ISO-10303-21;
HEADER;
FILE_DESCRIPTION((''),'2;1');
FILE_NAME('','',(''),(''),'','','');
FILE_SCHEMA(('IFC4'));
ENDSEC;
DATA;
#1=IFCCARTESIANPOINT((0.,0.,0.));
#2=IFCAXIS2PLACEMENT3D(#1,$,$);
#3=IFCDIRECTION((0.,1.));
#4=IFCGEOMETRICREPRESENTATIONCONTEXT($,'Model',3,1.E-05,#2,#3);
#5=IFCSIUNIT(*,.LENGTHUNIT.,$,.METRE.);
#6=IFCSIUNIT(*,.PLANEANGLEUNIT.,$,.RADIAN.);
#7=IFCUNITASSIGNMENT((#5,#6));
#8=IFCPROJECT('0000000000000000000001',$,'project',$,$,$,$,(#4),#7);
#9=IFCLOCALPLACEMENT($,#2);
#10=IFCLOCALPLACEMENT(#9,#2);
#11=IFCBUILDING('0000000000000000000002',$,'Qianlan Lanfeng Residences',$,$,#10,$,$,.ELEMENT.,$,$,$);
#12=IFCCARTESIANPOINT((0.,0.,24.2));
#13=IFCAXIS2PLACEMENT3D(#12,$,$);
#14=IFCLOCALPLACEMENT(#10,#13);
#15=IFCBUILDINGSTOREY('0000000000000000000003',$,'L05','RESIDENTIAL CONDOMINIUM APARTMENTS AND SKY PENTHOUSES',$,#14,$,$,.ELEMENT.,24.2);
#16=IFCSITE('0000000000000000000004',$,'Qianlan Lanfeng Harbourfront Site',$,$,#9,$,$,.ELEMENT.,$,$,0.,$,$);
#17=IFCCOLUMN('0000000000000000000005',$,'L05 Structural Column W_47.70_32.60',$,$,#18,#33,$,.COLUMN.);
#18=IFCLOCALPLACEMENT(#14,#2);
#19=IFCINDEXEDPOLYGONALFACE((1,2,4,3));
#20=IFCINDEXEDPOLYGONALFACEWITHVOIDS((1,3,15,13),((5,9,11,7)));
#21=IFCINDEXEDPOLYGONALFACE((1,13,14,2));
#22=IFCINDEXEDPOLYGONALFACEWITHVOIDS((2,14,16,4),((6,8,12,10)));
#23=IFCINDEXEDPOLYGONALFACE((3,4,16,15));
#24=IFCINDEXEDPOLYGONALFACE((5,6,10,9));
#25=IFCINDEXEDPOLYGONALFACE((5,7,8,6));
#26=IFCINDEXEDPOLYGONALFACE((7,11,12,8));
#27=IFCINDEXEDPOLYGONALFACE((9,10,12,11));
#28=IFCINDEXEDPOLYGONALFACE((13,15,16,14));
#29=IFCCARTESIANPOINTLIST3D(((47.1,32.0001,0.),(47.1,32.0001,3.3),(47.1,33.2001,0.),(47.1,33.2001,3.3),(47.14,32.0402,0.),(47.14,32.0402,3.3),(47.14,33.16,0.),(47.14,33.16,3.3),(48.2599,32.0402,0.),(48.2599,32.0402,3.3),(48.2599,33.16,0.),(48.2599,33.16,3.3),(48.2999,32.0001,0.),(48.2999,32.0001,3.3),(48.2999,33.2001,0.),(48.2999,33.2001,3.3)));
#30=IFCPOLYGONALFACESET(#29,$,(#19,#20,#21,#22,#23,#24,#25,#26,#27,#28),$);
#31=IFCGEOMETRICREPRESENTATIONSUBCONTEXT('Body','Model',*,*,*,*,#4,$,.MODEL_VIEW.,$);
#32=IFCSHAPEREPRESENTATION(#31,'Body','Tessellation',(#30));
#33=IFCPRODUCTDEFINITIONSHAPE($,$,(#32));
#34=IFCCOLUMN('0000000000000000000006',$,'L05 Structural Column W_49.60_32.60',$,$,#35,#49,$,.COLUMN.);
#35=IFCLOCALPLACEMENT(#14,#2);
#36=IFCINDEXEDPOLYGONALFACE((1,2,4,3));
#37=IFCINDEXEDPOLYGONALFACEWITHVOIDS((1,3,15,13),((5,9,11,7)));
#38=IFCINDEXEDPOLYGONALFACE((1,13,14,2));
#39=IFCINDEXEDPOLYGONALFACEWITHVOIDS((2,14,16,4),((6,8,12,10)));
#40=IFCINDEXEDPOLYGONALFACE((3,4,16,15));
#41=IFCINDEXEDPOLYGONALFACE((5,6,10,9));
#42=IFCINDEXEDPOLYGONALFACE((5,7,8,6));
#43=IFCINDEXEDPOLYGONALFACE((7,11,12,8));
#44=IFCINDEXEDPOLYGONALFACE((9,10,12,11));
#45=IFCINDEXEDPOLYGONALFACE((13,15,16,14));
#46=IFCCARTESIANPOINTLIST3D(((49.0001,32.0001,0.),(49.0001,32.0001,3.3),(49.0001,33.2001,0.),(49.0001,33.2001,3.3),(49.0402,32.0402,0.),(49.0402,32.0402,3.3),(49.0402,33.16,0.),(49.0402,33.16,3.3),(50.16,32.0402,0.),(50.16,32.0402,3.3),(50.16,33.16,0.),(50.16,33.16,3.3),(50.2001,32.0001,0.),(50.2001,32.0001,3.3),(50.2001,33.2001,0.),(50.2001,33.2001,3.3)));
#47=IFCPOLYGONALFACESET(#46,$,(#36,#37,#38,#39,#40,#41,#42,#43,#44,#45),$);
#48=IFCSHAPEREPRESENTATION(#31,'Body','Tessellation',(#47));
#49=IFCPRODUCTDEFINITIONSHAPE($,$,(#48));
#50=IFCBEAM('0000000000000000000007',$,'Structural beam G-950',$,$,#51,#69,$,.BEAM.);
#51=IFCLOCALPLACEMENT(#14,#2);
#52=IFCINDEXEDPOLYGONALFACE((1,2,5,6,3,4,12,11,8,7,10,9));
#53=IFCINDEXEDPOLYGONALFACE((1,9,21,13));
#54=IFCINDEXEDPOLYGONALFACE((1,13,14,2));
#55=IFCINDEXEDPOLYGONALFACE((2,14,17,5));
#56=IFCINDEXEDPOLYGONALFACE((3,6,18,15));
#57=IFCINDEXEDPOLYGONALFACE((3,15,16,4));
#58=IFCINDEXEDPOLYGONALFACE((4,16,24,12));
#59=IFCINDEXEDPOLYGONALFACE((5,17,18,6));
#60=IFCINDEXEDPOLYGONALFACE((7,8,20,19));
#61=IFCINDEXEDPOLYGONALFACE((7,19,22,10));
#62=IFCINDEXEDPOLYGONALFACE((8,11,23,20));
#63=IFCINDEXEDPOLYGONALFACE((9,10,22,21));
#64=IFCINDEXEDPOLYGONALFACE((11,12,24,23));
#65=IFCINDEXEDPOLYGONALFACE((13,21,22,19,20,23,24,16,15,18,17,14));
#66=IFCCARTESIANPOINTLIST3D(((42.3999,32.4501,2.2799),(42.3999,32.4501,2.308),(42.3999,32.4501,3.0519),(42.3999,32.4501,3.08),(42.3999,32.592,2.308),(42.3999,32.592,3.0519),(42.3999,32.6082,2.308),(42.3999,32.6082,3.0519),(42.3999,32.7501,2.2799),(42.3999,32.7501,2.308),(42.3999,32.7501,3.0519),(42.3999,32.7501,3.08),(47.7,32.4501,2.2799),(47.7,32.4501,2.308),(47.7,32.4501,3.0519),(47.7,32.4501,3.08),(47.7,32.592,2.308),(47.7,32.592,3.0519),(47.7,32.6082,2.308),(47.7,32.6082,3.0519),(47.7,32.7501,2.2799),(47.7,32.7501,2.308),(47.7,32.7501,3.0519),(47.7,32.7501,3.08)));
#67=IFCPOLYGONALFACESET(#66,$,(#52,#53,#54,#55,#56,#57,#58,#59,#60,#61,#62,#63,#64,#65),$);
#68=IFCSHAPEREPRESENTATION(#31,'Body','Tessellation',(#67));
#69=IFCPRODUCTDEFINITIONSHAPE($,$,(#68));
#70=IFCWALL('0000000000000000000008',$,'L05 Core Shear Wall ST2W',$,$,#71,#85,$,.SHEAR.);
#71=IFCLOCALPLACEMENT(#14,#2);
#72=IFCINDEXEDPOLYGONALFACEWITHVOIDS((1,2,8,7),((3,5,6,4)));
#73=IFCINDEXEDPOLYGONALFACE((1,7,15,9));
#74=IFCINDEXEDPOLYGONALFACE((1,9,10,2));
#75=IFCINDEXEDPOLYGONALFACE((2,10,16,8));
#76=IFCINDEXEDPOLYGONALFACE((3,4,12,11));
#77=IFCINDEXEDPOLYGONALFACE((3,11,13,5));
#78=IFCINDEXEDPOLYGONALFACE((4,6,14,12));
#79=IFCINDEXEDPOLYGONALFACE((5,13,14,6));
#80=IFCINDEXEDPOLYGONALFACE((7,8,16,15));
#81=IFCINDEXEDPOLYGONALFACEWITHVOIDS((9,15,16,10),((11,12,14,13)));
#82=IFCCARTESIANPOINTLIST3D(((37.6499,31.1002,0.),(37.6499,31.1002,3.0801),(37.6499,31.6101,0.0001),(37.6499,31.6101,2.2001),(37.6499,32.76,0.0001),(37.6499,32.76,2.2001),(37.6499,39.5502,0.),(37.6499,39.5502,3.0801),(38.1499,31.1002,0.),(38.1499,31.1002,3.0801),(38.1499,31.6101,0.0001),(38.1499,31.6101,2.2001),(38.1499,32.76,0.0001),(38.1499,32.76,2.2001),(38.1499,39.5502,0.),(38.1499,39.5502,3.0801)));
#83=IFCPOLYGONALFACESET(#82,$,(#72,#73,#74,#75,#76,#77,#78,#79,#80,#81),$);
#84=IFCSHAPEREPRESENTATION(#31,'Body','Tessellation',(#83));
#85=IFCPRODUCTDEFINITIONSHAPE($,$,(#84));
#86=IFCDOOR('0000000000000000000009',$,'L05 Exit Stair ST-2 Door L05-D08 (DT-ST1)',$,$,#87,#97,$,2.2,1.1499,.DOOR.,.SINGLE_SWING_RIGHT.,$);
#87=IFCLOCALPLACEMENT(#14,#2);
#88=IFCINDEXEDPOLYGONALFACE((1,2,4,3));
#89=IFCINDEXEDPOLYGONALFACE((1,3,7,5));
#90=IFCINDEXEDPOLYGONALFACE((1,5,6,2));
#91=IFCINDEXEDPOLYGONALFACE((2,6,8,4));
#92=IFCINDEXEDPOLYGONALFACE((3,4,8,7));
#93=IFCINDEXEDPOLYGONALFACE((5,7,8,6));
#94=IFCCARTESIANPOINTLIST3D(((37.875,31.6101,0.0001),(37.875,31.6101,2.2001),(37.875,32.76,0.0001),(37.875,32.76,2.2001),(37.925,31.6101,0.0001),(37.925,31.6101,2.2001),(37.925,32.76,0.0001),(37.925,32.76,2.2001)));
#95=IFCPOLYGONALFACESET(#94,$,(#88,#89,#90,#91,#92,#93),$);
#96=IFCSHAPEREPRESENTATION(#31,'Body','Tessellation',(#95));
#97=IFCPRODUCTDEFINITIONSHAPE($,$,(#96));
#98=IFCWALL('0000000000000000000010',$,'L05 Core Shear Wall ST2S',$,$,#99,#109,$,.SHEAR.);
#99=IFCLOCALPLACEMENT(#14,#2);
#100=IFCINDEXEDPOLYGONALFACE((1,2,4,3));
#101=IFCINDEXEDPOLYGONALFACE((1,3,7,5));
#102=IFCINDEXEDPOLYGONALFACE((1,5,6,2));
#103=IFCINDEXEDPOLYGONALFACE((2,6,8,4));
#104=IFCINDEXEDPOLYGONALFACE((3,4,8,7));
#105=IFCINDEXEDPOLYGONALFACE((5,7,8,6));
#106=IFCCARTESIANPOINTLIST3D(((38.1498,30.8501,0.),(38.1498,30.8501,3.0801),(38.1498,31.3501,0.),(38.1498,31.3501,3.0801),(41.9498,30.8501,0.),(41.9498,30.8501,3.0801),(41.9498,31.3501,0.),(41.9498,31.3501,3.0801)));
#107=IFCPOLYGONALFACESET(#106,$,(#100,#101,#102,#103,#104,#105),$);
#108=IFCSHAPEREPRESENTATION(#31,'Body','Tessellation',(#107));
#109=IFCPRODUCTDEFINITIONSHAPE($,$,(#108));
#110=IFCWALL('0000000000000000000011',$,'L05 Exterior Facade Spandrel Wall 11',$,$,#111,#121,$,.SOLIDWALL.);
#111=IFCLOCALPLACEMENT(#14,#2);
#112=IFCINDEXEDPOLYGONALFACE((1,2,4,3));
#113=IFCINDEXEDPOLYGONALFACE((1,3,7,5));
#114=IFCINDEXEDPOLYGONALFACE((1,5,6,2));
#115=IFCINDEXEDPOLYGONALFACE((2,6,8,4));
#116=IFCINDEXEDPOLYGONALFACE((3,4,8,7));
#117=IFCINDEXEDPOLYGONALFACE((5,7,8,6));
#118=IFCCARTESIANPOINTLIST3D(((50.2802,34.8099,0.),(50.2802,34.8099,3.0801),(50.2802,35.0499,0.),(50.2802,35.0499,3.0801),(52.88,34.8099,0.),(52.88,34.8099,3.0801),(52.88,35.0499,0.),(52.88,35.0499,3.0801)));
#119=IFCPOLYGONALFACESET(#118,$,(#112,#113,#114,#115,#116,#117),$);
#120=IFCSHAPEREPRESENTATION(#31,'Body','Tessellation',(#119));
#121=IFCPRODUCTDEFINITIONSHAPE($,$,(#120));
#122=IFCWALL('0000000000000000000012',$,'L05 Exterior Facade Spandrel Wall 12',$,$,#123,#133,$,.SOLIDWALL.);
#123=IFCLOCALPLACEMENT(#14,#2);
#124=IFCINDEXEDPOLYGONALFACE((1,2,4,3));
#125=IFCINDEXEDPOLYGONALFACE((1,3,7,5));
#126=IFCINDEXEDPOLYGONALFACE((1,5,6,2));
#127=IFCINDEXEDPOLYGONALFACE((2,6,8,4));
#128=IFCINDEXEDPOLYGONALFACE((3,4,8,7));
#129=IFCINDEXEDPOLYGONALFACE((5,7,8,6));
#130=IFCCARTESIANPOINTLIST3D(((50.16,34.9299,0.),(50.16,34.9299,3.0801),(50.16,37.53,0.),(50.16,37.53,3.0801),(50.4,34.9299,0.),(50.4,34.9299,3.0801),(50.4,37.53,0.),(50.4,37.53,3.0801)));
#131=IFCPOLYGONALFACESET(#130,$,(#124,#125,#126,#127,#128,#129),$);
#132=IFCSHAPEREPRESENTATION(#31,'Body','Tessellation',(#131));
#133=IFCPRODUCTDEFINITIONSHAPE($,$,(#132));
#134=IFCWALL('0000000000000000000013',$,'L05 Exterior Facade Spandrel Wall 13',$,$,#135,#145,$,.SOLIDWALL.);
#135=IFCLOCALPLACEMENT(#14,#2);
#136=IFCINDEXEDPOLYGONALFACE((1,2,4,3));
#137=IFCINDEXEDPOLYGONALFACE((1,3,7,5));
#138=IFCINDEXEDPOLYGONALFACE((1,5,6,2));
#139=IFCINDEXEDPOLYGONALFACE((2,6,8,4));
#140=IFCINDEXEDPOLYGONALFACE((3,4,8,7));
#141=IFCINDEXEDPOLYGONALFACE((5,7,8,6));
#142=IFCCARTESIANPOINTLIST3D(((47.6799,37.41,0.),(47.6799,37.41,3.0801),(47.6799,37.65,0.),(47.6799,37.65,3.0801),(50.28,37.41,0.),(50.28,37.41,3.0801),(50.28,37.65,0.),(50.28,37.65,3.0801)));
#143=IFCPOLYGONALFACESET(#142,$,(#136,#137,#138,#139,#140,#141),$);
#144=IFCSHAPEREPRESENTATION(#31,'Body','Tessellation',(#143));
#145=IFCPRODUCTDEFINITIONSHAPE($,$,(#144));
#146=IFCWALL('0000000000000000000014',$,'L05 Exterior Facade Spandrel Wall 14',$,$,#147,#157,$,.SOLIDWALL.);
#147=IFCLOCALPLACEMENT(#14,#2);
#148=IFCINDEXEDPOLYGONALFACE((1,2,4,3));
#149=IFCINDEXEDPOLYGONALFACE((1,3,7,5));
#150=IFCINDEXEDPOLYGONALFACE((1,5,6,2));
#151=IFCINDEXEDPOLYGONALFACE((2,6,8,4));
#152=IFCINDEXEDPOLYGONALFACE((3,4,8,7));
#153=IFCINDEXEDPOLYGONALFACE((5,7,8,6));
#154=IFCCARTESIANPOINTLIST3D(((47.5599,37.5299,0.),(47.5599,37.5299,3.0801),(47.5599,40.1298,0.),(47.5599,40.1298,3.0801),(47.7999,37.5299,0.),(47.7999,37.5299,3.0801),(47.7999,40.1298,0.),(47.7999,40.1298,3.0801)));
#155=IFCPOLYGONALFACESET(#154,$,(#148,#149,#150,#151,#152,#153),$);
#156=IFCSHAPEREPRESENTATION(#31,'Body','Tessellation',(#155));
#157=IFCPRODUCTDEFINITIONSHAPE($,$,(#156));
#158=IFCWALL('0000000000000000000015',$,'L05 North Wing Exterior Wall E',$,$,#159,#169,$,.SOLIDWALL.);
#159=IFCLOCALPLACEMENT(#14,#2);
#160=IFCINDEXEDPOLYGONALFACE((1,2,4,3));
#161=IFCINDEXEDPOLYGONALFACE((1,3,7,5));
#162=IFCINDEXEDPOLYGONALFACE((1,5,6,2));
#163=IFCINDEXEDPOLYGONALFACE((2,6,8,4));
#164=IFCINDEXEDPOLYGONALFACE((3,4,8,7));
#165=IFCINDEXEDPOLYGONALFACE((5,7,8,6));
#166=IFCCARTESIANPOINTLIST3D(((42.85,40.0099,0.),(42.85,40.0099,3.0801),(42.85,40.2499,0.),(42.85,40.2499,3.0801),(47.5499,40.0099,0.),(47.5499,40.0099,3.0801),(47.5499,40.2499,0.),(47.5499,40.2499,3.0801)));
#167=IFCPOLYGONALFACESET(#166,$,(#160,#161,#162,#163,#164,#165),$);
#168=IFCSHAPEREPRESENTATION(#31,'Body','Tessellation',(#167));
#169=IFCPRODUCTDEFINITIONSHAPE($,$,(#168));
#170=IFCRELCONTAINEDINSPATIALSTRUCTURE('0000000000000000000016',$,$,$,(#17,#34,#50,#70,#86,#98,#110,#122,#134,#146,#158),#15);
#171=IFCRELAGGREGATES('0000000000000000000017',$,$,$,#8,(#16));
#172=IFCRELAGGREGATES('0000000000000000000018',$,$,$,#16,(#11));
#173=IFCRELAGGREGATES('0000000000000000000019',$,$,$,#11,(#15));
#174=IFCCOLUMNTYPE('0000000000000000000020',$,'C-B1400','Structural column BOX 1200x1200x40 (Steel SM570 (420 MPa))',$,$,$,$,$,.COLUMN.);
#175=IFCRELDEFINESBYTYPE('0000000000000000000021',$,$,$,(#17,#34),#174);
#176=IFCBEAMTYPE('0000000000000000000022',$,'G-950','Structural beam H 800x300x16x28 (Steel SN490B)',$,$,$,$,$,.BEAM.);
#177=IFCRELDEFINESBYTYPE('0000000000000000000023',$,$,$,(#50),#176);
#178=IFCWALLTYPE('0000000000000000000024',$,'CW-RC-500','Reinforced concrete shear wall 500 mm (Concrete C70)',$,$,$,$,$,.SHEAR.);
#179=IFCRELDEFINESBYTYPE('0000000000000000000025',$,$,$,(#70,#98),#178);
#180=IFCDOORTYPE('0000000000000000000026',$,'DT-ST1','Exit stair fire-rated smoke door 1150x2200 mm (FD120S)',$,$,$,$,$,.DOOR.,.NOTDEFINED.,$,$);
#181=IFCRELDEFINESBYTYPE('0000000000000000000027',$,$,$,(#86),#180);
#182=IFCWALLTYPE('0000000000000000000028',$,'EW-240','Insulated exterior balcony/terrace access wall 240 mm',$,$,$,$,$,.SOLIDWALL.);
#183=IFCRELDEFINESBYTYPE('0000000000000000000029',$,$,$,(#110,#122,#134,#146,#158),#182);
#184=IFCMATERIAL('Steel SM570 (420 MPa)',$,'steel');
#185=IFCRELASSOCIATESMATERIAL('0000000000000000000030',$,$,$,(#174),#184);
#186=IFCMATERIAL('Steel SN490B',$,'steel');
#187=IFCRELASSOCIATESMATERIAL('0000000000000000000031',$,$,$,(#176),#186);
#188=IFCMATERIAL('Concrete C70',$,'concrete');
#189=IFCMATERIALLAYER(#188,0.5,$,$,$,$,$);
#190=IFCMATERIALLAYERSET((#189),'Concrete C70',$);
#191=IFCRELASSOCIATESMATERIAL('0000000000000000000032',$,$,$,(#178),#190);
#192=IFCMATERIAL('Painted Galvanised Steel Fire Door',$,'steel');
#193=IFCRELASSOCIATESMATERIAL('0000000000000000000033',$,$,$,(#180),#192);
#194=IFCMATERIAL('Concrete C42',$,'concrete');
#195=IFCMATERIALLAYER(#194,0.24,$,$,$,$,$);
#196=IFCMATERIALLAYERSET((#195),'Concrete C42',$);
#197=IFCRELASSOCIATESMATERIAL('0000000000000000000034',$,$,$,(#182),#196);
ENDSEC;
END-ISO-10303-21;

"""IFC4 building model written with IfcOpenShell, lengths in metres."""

from ifc_helpers import new_model, si_unit, direction, frame, frame_2d, origin, origin_2d, place, context, subcontext, project, spatial, rectangle, hollow_rectangle, i_section, extrude, material, layer, layer_set, material_profile, profile_set, type_object, element, fill, save


model = new_model("IFC4")

# Units and contexts
model_context = context("Model", 3, precision=1e-05, world=origin(), true_north=direction((0.0, 1.0)))
body_context = subcontext(model_context, "Body", "Model", "MODEL_VIEW")
ifc_project = project(units=[si_unit("LENGTHUNIT", "METRE"), si_unit("PLANEANGLEUNIT", "RADIAN")], contexts=[model_context])

# Site, building, storey
site_placement = place(None, origin())
site = spatial("IfcSite", under=ifc_project, at=site_placement, Name="Qianlan Lanfeng Harbourfront Site", CompositionType="ELEMENT", RefElevation=0.0)
building_placement = place(site_placement, origin())
building = spatial("IfcBuilding", under=site, at=building_placement, Name="Qianlan Lanfeng Residences", CompositionType="ELEMENT")
storey_placement = place(building_placement, frame((0.0, 0.0, 24.2)))
storey = spatial("IfcBuildingStorey", under=building, at=storey_placement, Name="L05", Description="RESIDENTIAL CONDOMINIUM APARTMENTS AND SKY PENTHOUSES", CompositionType="ELEMENT", Elevation=24.2)

# Columns
ifc_material_1 = material(Name="Steel SM570 (420 MPa)", Category="steel")
ifc_material_profile_1 = material_profile(ifc_material_1, hollow_rectangle(XDim=1.2, YDim=1.2, WallThickness=0.04, at=origin_2d()), Name="BOX 1200x1200x40")
ifc_profile_set_1 = profile_set([ifc_material_profile_1], Name="Steel SM570 (420 MPa)")
column_type = type_object("IfcColumnType", Name="C-B1400", Description="Structural column BOX 1200x1200x40 (Steel SM570 (420 MPa))", PredefinedType="COLUMN", material=ifc_profile_set_1)
for number, where, z_axis, x_axis, name in (
    (1, (47.7, 32.6001, 0.0), (0.0, 0.0, 1.0), (1.0, 0.0, 0.0), "L05 Structural Column W_47.70_32.60"),
    (2, (49.6001, 32.6001, 0.0), (0.0, 0.0, 1.0), (1.0, 0.0, 0.0), "L05 Structural Column W_49.60_32.60"),
):
    element("IfcColumn", number, at=place(storey_placement, frame(where, z_axis=z_axis, x_axis=x_axis)), inside=storey, type_object=column_type, Name=name, PredefinedType="COLUMN", context=body_context, shape_type="SweptSolid", body=[
        extrude(hollow_rectangle(XDim=1.2, YDim=1.2, WallThickness=0.04, at=origin_2d()), origin(), (0.0, 0.0, 1.0), 3.3),
    ])

# Beam
ifc_material_2 = material(Name="Steel SN490B", Category="steel")
ifc_material_profile_2 = material_profile(ifc_material_2, i_section(OverallWidth=0.3, OverallDepth=0.8, WebThickness=0.0161, FlangeThickness=0.0281, at=origin_2d()), Name="H 800x300x16x28")
ifc_profile_set_2 = profile_set([ifc_material_profile_2], Name="Steel SN490B")
beam_type = type_object("IfcBeamType", Name="G-950", Description="Structural beam H 800x300x16x28 (Steel SN490B)", PredefinedType="BEAM", material=ifc_profile_set_2)
beam_placement = place(storey_placement, frame((42.3999, 32.6001, 2.6799), z_axis=(1.0, 0.0, 0.0), x_axis=(0.0, 1.0, 0.0)))
element("IfcBeam", 3, at=beam_placement, inside=storey, type_object=beam_type, Name="Structural beam G-950", PredefinedType="BEAM", context=body_context, shape_type="SweptSolid", body=[
    extrude(i_section(OverallWidth=0.3, OverallDepth=0.8, WebThickness=0.0161, FlangeThickness=0.0281, at=origin_2d()), origin(), (0.0, 0.0, 1.0), 5.3),
])

# Wall, opening, door
ifc_material_3 = material(Name="Concrete C70", Category="concrete")
ifc_layer_1 = layer(ifc_material_3, 0.5)
ifc_layer_set_1 = layer_set([ifc_layer_1], Name="Concrete C70")
wall_type_1 = type_object("IfcWallType", Name="CW-RC-500", Description="Reinforced concrete shear wall 500 mm (Concrete C70)", PredefinedType="SHEAR", material=ifc_layer_set_1)
wall_1_placement = place(storey_placement, frame((37.8999, 31.1001, 0.0), z_axis=(0.0, 0.0, 1.0), x_axis=(0.0, 1.0, 0.0)))
wall_1 = element("IfcWall", 4, at=wall_1_placement, inside=storey, type_object=wall_type_1, Name="L05 Core Shear Wall ST2W", PredefinedType="SHEAR", context=body_context, shape_type="SweptSolid", body=[
    extrude(rectangle(XDim=8.45, YDim=0.5, at=frame_2d((4.2251, 0.0))), origin(), (0.0, 0.0, 1.0), 3.0801),
])
opening_1_placement = place(wall_1_placement, frame((0.51, 0.0, 0.0)))
opening_1 = element("IfcOpeningElement", 5, at=opening_1_placement, cuts=wall_1, PredefinedType="OPENING", context=body_context, shape_type="SweptSolid", body=[
    extrude(rectangle(XDim=1.1499, YDim=2.2, at=frame_2d((0.575, 1.1001))), frame((0.0, 0.26, 0.0), z_axis=(0.0, -1.0, 0.0), x_axis=(1.0, 0.0, 0.0)), (0.0, 0.0, 1.0), 0.52),
])
ifc_material_4 = material(Name="Painted Galvanised Steel Fire Door", Category="steel")
door_type_1 = type_object("IfcDoorType", Name="DT-ST1", Description="Exit stair fire-rated smoke door 1150x2200 mm (FD120S)", OperationType="NOTDEFINED", PredefinedType="DOOR", material=ifc_material_4)
door_1_placement = place(opening_1_placement, origin())
door_1 = element("IfcDoor", 6, at=door_1_placement, inside=storey, type_object=door_type_1, Name="L05 Exit Stair ST-2 Door L05-D08 (DT-ST1)", OperationType="SINGLE_SWING_RIGHT", OverallHeight=2.2, OverallWidth=1.1499, PredefinedType="DOOR", context=body_context, shape_type="SweptSolid", body=[
    extrude(rectangle(XDim=1.1499, YDim=2.2, at=frame_2d((0.575, 1.1001))), frame((0.0, 0.0249, 0.0), z_axis=(0.0, -1.0, 0.0), x_axis=(1.0, 0.0, 0.0)), (0.0, 0.0, 1.0), 0.05),
])
fill(opening_1, door_1)

# Walls
wall_2_placement = place(storey_placement, frame((38.1499, 31.1001, 0.0), z_axis=(0.0, 0.0, 1.0), x_axis=(1.0, 0.0, 0.0)))
element("IfcWall", 7, at=wall_2_placement, inside=storey, type_object=wall_type_1, Name="L05 Core Shear Wall ST2S", PredefinedType="SHEAR", context=body_context, shape_type="SweptSolid", body=[
    extrude(rectangle(XDim=3.8, YDim=0.5, at=frame_2d((1.8999, 0.0))), origin(), (0.0, 0.0, 1.0), 3.0801),
])
ifc_material_5 = material(Name="Concrete C42", Category="concrete")
ifc_layer_2 = layer(ifc_material_5, 0.24)
ifc_layer_set_2 = layer_set([ifc_layer_2], Name="Concrete C42")
wall_type_2 = type_object("IfcWallType", Name="EW-240", Description="Insulated exterior balcony/terrace access wall 240 mm", PredefinedType="SOLIDWALL", material=ifc_layer_set_2)
wall_3_placement = place(storey_placement, frame((52.8799, 34.9299, 0.0), z_axis=(0.0, 0.0, 1.0), x_axis=(-1.0, 0.0, 0.0)))
element("IfcWall", 8, at=wall_3_placement, inside=storey, type_object=wall_type_2, Name="L05 Exterior Facade Spandrel Wall 11", PredefinedType="SOLIDWALL", context=body_context, shape_type="SweptSolid", body=[
    extrude(rectangle(XDim=2.5999, YDim=0.24, at=frame_2d((1.2998, 0.0))), origin(), (0.0, 0.0, 1.0), 3.0801),
])
for number, where, z_axis, x_axis, name in (
    (9, (50.28, 34.9299, 0.0), (0.0, 0.0, 1.0), (0.0, 1.0, 0.0), "L05 Exterior Facade Spandrel Wall 12"),
    (10, (50.28, 37.53, 0.0), (0.0, 0.0, 1.0), (-1.0, 0.0, 0.0), "L05 Exterior Facade Spandrel Wall 13"),
):
    element("IfcWall", number, at=place(storey_placement, frame(where, z_axis=z_axis, x_axis=x_axis)), inside=storey, type_object=wall_type_2, Name=name, PredefinedType="SOLIDWALL", context=body_context, shape_type="SweptSolid", body=[
        extrude(rectangle(XDim=2.6001, YDim=0.24, at=frame_2d((1.3, 0.0))), origin(), (0.0, 0.0, 1.0), 3.0801),
    ])
wall_4_placement = place(storey_placement, frame((47.6799, 37.53, 0.0), z_axis=(0.0, 0.0, 1.0), x_axis=(0.0, 1.0, 0.0)))
element("IfcWall", 11, at=wall_4_placement, inside=storey, type_object=wall_type_2, Name="L05 Exterior Facade Spandrel Wall 14", PredefinedType="SOLIDWALL", context=body_context, shape_type="SweptSolid", body=[
    extrude(rectangle(XDim=2.5999, YDim=0.24, at=frame_2d((1.2998, 0.0))), origin(), (0.0, 0.0, 1.0), 3.0801),
])
wall_5_placement = place(storey_placement, frame((47.55, 40.1299, 0.0), z_axis=(0.0, 0.0, 1.0), x_axis=(-1.0, 0.0, 0.0)))
element("IfcWall", 12, at=wall_5_placement, inside=storey, type_object=wall_type_2, Name="L05 North Wing Exterior Wall E", PredefinedType="SOLIDWALL", context=body_context, shape_type="SweptSolid", body=[
    extrude(rectangle(XDim=4.7, YDim=0.24, at=frame_2d((2.3501, 0.0))), origin(), (0.0, 0.0, 1.0), 3.0801),
])

save(model, "model.ifc")
